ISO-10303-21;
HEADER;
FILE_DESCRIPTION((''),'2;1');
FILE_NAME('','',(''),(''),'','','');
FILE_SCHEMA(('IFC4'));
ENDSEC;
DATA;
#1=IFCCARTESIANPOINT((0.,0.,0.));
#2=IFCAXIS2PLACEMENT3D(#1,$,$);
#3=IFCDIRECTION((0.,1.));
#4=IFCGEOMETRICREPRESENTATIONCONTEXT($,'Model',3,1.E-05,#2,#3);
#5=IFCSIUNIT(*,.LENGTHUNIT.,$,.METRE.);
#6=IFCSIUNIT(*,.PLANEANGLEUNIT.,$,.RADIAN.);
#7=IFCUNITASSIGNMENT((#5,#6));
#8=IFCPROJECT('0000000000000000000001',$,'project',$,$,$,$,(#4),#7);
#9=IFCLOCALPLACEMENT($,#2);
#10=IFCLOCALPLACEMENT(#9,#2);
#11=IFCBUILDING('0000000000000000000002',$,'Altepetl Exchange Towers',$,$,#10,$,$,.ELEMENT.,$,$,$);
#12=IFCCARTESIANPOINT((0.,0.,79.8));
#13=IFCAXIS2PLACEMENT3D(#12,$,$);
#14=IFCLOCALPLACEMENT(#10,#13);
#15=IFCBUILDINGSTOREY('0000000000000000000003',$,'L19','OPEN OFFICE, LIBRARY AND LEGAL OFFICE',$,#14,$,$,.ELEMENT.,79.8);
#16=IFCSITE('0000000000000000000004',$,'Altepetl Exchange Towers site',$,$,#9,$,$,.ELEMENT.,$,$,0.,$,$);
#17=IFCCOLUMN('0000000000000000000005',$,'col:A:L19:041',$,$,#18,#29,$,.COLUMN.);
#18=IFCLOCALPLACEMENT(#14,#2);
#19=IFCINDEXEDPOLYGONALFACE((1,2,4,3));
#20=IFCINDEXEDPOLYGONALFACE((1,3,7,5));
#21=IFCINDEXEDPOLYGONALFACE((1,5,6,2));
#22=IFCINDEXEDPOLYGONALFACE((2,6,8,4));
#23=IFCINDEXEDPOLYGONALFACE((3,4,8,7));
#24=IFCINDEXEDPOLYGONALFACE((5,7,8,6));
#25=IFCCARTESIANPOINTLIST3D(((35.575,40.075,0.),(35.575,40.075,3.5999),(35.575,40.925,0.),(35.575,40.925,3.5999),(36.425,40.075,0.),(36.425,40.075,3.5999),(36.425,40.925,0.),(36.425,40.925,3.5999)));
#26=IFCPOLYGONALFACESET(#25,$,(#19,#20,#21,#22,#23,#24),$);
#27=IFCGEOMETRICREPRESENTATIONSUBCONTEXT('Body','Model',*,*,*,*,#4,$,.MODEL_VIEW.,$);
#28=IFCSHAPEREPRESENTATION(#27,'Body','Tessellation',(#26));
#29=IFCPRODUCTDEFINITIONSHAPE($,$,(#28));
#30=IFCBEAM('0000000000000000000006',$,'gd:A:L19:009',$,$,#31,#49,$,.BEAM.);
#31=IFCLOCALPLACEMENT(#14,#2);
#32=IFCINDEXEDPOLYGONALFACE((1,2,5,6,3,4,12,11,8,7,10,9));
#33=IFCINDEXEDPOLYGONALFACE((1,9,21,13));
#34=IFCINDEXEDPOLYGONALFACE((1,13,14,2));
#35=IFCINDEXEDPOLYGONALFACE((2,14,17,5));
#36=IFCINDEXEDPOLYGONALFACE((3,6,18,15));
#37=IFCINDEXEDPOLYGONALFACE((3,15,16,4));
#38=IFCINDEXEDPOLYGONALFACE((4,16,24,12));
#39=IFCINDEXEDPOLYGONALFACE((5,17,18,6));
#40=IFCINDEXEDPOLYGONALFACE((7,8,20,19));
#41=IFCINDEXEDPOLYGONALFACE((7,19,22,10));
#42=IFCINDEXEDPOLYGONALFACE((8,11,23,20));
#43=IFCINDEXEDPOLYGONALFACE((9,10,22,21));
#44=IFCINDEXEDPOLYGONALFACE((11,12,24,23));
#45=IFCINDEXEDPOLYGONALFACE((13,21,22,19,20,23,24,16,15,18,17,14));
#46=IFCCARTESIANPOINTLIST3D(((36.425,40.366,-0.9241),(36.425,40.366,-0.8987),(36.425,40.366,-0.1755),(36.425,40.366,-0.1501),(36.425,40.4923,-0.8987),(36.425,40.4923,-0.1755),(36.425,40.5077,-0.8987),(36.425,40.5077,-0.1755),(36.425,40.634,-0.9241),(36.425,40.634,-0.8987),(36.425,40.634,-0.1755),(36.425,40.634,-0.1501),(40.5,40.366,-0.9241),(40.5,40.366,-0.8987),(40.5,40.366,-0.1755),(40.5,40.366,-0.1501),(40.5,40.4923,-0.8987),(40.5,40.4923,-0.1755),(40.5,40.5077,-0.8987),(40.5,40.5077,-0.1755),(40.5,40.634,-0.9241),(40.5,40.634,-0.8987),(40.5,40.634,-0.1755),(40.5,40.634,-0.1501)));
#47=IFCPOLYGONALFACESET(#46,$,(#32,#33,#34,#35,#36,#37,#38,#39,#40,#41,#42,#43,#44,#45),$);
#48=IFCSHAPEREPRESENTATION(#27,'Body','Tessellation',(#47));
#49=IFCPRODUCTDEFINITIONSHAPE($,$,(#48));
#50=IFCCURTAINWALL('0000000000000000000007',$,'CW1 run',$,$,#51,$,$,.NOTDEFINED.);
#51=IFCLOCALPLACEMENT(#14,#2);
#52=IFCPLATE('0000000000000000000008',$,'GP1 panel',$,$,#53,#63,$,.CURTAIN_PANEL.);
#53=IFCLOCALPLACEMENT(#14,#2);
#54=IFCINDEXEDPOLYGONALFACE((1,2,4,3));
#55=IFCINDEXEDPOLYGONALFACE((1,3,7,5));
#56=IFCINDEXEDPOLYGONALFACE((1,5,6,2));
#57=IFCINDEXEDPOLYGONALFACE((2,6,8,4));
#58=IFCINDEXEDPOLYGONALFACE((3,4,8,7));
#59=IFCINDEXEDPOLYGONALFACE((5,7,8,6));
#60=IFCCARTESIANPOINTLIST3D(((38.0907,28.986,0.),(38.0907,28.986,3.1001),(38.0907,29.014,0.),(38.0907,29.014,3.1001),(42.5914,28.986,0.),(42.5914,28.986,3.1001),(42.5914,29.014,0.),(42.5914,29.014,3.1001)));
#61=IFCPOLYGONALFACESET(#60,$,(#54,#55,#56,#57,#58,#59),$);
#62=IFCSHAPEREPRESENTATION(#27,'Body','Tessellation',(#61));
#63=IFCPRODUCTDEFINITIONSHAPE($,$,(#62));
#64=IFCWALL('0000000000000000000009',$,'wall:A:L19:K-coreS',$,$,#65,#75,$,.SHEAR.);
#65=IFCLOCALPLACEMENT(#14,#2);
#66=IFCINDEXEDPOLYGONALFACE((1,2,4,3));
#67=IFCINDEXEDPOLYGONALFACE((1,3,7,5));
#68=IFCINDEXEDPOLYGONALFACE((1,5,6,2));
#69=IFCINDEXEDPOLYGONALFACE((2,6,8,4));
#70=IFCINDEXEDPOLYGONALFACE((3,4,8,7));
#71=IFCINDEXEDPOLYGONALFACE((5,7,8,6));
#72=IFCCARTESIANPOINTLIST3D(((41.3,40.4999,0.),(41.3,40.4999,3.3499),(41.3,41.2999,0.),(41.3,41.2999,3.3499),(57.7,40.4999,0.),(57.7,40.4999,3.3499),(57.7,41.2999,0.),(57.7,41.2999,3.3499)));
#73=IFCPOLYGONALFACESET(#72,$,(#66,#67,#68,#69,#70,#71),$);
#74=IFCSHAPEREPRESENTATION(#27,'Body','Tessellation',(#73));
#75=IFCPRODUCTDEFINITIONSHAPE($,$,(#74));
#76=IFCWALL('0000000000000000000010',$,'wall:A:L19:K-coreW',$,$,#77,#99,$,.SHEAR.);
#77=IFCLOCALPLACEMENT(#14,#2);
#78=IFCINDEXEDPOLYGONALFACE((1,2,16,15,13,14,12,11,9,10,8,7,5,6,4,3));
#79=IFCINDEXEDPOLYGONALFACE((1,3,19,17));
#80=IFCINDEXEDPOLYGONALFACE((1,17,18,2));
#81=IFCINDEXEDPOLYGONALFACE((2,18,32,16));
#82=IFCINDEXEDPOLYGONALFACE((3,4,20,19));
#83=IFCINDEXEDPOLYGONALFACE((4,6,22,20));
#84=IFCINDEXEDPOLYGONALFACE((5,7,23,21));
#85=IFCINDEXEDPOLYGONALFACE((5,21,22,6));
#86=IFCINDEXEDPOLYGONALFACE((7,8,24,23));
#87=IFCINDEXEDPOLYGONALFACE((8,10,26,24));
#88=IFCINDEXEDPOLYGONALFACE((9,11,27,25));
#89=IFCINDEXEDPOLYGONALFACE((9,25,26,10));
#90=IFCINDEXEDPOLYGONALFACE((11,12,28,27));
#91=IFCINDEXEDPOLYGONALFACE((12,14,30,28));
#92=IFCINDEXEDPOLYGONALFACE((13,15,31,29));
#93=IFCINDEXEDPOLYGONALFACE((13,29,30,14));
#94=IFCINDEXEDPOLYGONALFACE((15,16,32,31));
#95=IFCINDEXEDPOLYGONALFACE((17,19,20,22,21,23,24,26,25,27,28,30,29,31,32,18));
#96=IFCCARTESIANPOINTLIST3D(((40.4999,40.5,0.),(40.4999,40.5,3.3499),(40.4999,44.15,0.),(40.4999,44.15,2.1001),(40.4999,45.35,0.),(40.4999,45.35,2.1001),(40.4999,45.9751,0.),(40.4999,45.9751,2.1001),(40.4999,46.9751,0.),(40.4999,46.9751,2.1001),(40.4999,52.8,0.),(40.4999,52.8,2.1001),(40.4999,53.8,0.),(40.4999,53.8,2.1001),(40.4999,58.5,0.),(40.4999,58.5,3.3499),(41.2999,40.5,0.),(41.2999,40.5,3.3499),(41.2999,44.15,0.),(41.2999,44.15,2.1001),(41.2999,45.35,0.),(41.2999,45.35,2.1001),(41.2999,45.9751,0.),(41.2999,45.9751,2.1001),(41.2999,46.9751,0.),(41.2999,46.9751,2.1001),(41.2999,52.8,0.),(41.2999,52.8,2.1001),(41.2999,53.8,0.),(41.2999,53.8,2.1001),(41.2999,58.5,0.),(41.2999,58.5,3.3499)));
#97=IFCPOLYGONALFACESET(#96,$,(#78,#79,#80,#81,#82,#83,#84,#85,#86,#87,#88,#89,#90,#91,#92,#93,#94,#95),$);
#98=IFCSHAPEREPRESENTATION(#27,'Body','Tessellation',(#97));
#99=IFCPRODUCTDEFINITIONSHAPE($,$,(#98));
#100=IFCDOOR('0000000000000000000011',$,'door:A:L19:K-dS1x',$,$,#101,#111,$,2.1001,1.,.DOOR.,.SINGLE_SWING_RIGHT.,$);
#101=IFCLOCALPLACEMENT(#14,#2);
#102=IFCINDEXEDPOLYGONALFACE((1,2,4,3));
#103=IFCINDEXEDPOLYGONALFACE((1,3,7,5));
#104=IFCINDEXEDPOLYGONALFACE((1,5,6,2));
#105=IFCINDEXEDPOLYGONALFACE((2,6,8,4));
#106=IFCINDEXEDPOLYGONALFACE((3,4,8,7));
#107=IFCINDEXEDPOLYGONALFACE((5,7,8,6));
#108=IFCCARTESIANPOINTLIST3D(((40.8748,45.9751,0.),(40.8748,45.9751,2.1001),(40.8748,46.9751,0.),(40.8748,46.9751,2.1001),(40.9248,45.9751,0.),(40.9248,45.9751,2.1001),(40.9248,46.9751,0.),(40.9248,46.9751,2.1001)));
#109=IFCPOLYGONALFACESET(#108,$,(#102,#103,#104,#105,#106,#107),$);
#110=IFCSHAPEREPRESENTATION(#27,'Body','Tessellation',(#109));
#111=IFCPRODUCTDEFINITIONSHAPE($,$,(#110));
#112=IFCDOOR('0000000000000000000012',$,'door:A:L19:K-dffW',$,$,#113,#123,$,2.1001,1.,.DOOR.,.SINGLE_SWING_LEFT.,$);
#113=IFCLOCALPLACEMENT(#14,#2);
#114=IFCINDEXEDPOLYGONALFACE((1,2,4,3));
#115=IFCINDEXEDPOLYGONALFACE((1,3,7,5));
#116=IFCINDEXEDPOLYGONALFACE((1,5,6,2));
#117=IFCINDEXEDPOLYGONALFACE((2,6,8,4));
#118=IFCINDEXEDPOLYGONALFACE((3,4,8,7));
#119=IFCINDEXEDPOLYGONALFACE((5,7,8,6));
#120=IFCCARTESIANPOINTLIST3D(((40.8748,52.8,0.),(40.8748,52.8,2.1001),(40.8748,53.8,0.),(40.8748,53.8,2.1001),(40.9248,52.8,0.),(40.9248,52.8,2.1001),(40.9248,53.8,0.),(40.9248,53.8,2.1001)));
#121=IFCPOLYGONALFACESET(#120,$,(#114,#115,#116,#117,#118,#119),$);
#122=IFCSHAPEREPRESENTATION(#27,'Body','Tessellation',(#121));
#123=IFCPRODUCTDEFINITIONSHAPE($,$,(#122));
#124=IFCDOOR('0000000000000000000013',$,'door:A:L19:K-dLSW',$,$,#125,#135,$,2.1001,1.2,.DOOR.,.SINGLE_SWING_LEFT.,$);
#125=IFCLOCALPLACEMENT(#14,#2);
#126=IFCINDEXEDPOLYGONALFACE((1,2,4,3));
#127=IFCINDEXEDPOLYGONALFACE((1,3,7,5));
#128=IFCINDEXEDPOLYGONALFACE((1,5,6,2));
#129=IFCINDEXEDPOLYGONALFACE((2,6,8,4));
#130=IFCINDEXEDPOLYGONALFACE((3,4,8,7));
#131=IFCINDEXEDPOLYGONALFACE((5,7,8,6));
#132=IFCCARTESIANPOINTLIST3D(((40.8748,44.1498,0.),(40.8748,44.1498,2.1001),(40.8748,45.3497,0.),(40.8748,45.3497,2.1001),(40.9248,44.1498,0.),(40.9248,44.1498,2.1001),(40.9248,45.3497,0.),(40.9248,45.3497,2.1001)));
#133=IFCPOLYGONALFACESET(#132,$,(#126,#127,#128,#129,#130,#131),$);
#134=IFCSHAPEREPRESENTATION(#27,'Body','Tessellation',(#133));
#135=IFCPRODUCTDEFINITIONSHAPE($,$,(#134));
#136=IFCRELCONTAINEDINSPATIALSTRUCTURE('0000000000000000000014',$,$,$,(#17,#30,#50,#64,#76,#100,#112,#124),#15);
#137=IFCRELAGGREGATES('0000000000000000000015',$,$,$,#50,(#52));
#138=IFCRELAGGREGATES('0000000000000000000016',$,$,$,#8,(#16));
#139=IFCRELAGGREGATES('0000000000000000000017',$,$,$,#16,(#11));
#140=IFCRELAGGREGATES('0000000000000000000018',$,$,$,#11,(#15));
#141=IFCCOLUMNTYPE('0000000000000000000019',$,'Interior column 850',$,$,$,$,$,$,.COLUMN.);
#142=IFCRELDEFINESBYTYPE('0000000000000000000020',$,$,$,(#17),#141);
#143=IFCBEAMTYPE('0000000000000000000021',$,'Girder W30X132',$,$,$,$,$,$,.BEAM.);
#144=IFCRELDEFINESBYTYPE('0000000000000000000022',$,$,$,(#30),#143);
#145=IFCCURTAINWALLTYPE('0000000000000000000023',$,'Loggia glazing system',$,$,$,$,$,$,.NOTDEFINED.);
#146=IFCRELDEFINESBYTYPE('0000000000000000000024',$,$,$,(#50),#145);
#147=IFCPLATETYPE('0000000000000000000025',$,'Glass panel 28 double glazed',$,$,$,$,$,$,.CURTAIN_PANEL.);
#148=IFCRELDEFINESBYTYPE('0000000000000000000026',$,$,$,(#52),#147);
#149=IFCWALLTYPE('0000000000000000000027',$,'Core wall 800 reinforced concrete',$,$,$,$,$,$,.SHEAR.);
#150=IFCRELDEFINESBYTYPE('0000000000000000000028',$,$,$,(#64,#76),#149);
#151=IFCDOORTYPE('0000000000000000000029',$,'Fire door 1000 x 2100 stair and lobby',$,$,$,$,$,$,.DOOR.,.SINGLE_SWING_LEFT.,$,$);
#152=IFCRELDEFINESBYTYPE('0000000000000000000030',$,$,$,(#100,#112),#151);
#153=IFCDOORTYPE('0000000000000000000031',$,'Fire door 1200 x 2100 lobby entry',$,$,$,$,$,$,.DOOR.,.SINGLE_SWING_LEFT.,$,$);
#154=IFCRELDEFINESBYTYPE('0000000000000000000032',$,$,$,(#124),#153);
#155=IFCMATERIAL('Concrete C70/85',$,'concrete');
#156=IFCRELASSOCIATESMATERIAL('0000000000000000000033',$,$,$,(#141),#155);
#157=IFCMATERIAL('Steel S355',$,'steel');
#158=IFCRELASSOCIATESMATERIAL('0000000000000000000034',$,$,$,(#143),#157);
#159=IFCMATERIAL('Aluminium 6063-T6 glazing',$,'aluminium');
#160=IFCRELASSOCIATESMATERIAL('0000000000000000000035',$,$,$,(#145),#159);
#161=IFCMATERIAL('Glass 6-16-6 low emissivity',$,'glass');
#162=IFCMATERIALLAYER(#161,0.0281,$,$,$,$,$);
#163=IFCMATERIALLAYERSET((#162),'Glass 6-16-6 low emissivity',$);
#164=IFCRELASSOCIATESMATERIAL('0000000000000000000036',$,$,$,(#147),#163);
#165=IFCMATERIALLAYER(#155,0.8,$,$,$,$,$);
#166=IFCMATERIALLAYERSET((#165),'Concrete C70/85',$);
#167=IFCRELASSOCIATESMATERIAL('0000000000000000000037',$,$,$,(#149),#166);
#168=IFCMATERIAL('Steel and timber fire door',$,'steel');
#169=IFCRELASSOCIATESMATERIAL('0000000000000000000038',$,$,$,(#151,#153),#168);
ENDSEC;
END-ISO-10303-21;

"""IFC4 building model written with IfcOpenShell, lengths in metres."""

from ifc_helpers import new_model, si_unit, direction, frame, frame_2d, origin, origin_2d, place, context, subcontext, project, spatial, rectangle, i_section, extrude, material, layer, layer_set, material_profile, profile_set, type_object, element, fill, aggregate, save


model = new_model("IFC4")

# Units and contexts
model_context = context("Model", 3, precision=1e-05, world=origin(), true_north=direction((0.0, 1.0)))
body_context = subcontext(model_context, "Body", "Model", "MODEL_VIEW")
ifc_project = project(units=[si_unit("LENGTHUNIT", "METRE"), si_unit("PLANEANGLEUNIT", "RADIAN")], contexts=[model_context])

# Site, building, storey
site_placement = place(None, origin())
site = spatial("IfcSite", under=ifc_project, at=site_placement, Name="Altepetl Exchange Towers site", CompositionType="ELEMENT", RefElevation=0.0)
building_placement = place(site_placement, origin())
building = spatial("IfcBuilding", under=site, at=building_placement, Name="Altepetl Exchange Towers", CompositionType="ELEMENT")
storey_placement = place(building_placement, frame((0.0, 0.0, 79.8)))
storey = spatial("IfcBuildingStorey", under=building, at=storey_placement, Name="L19", Description="OPEN OFFICE, LIBRARY AND LEGAL OFFICE", CompositionType="ELEMENT", Elevation=79.8)

# Column
ifc_material_1 = material(Name="Concrete C70/85", Category="concrete")
ifc_material_profile_1 = material_profile(ifc_material_1, rectangle(XDim=0.8501, YDim=0.8501, at=origin_2d()), Name="850 x 850")
ifc_profile_set_1 = profile_set([ifc_material_profile_1], Name="Concrete C70/85")
column_type = type_object("IfcColumnType", Name="Interior column 850", PredefinedType="COLUMN", material=ifc_profile_set_1)
column_placement = place(storey_placement, frame((36.0, 40.5, 0.0)))
element("IfcColumn", 1, at=column_placement, inside=storey, type_object=column_type, Name="col:A:L19:041", PredefinedType="COLUMN", context=body_context, shape_type="SweptSolid", body=[
    extrude(rectangle(XDim=0.8501, YDim=0.8501, at=origin_2d()), origin(), (0.0, 0.0, 1.0), 3.5999),
])

# Beam
ifc_material_2 = material(Name="Steel S355", Category="steel")
ifc_material_profile_2 = material_profile(ifc_material_2, i_section(OverallWidth=0.2681, OverallDepth=0.7739, WebThickness=0.0154, FlangeThickness=0.0254, at=origin_2d()), Name="W30X132")
ifc_profile_set_2 = profile_set([ifc_material_profile_2], Name="Steel S355")
beam_type = type_object("IfcBeamType", Name="Girder W30X132", PredefinedType="BEAM", material=ifc_profile_set_2)
beam_placement = place(storey_placement, frame((40.5, 40.5, -0.5371), z_axis=(-1.0, 0.0, 0.0), x_axis=(0.0, -1.0, 0.0)))
element("IfcBeam", 2, at=beam_placement, inside=storey, type_object=beam_type, Name="gd:A:L19:009", PredefinedType="BEAM", context=body_context, shape_type="SweptSolid", body=[
    extrude(i_section(OverallWidth=0.2681, OverallDepth=0.7739, WebThickness=0.0154, FlangeThickness=0.0254, at=origin_2d()), origin(), (0.0, 0.0, 1.0), 4.075),
])

# Curtain wall, plate
ifc_material_3 = material(Name="Aluminium 6063-T6 glazing", Category="aluminium")
curtain_wall_type = type_object("IfcCurtainWallType", Name="Loggia glazing system", PredefinedType="NOTDEFINED", material=ifc_material_3)
curtain_wall_placement = place(storey_placement, origin())
curtain_wall = element("IfcCurtainWall", 3, at=curtain_wall_placement, inside=storey, type_object=curtain_wall_type, Name="CW1 run", PredefinedType="NOTDEFINED")
ifc_material_4 = material(Name="Glass 6-16-6 low emissivity", Category="glass")
ifc_layer_1 = layer(ifc_material_4, 0.0281)
ifc_layer_set_1 = layer_set([ifc_layer_1], Name="Glass 6-16-6 low emissivity")
plate_type = type_object("IfcPlateType", Name="Glass panel 28 double glazed", PredefinedType="CURTAIN_PANEL", material=ifc_layer_set_1)
plate_placement = place(storey_placement, frame((40.3411, 29.0, 0.0)))
plate = element("IfcPlate", 4, at=plate_placement, type_object=plate_type, Name="GP1 panel", PredefinedType="CURTAIN_PANEL", context=body_context, shape_type="SweptSolid", body=[
    extrude(rectangle(XDim=4.5007, YDim=0.0281, at=origin_2d()), origin(), (0.0, 0.0, 1.0), 3.1001),
])
aggregate(curtain_wall, [plate])

# Wall
ifc_layer_2 = layer(ifc_material_1, 0.8)
ifc_layer_set_2 = layer_set([ifc_layer_2], Name="Concrete C70/85")
wall_type_1 = type_object("IfcWallType", Name="Core wall 800 reinforced concrete", PredefinedType="SHEAR", material=ifc_layer_set_2)
wall_1_placement = place(storey_placement, frame((41.3, 40.8999, 0.0)))
element("IfcWall", 5, at=wall_1_placement, inside=storey, type_object=wall_type_1, Name="wall:A:L19:K-coreS", PredefinedType="SHEAR", context=body_context, shape_type="SweptSolid", body=[
    extrude(rectangle(XDim=16.3999, YDim=0.8, at=frame_2d((8.2, 0.0))), origin(), (0.0, 0.0, 1.0), 3.3499),
])

# Wall, openings, doors
wall_2_placement = place(storey_placement, frame((40.8999, 40.5, 0.0), z_axis=(0.0, 0.0, 1.0), x_axis=(0.0, 1.0, 0.0)))
wall_2 = element("IfcWall", 6, at=wall_2_placement, inside=storey, type_object=wall_type_1, Name="wall:A:L19:K-coreW", PredefinedType="SHEAR", context=body_context, shape_type="SweptSolid", body=[
    extrude(rectangle(XDim=18.0, YDim=0.8, at=frame_2d((9.0, 0.0))), origin(), (0.0, 0.0, 1.0), 3.3499),
])
opening_1_placement = place(wall_2_placement, frame((3.6499, 0.0, 0.0)))
opening_1 = element("IfcOpeningElement", 7, at=opening_1_placement, cuts=wall_2, PredefinedType="OPENING", context=body_context, shape_type="SweptSolid", body=[
    extrude(rectangle(XDim=1.2, YDim=2.1001, at=frame_2d((0.6001, 1.05))), frame((0.0, 0.4102, 0.0), z_axis=(0.0, -1.0, 0.0), x_axis=(1.0, 0.0, 0.0)), (0.0, 0.0, 1.0), 0.8201),
])
opening_2_placement = place(wall_2_placement, frame((5.4751, 0.0, 0.0)))
opening_2 = element("IfcOpeningElement", 8, at=opening_2_placement, cuts=wall_2, PredefinedType="OPENING", context=body_context, shape_type="SweptSolid", body=[
    extrude(rectangle(XDim=1.0, YDim=2.1001, at=frame_2d((0.5, 1.05))), frame((0.0, 0.4102, 0.0), z_axis=(0.0, -1.0, 0.0), x_axis=(1.0, 0.0, 0.0)), (0.0, 0.0, 1.0), 0.8201),
])
opening_3_placement = place(wall_2_placement, frame((12.3, 0.0, 0.0)))
opening_3 = element("IfcOpeningElement", 9, at=opening_3_placement, cuts=wall_2, PredefinedType="OPENING", context=body_context, shape_type="SweptSolid", body=[
    extrude(rectangle(XDim=1.0, YDim=2.1001, at=frame_2d((0.5, 1.05))), frame((0.0, 0.4102, 0.0), z_axis=(0.0, -1.0, 0.0), x_axis=(1.0, 0.0, 0.0)), (0.0, 0.0, 1.0), 0.8201),
])
ifc_material_5 = material(Name="Steel and timber fire door", Category="steel")
door_type_1 = type_object("IfcDoorType", Name="Fire door 1000 x 2100 stair and lobby", OperationType="SINGLE_SWING_LEFT", PredefinedType="DOOR", material=ifc_material_5)
door_1_placement = place(opening_2_placement, frame((1.0, 0.0, 0.0), x_axis=(-1.0, 0.0, 0.0)))
door_1 = element("IfcDoor", 10, at=door_1_placement, inside=storey, type_object=door_type_1, Name="door:A:L19:K-dS1x", OperationType="SINGLE_SWING_RIGHT", OverallHeight=2.1001, OverallWidth=1.0, PredefinedType="DOOR", context=body_context, shape_type="SweptSolid", body=[
    extrude(rectangle(XDim=1.0, YDim=2.1001, at=frame_2d((0.5, 1.05))), frame((0.0, 0.0249, 0.0), z_axis=(0.0, -1.0, 0.0), x_axis=(1.0, 0.0, 0.0)), (0.0, 0.0, 1.0), 0.05),
])
fill(opening_2, door_1)
door_2_placement = place(opening_3_placement, frame((1.0, 0.0, 0.0), x_axis=(-1.0, 0.0, 0.0)))
door_2 = element("IfcDoor", 11, at=door_2_placement, inside=storey, type_object=door_type_1, Name="door:A:L19:K-dffW", OperationType="SINGLE_SWING_LEFT", OverallHeight=2.1001, OverallWidth=1.0, PredefinedType="DOOR", context=body_context, shape_type="SweptSolid", body=[
    extrude(rectangle(XDim=1.0, YDim=2.1001, at=frame_2d((0.5, 1.05))), frame((0.0, 0.0249, 0.0), z_axis=(0.0, -1.0, 0.0), x_axis=(1.0, 0.0, 0.0)), (0.0, 0.0, 1.0), 0.05),
])
fill(opening_3, door_2)
door_type_2 = type_object("IfcDoorType", Name="Fire door 1200 x 2100 lobby entry", OperationType="SINGLE_SWING_LEFT", PredefinedType="DOOR", material=ifc_material_5)
door_3_placement = place(opening_1_placement, frame((1.2, 0.0, 0.0), x_axis=(-1.0, 0.0, 0.0)))
door_3 = element("IfcDoor", 12, at=door_3_placement, inside=storey, type_object=door_type_2, Name="door:A:L19:K-dLSW", OperationType="SINGLE_SWING_LEFT", OverallHeight=2.1001, OverallWidth=1.2, PredefinedType="DOOR", context=body_context, shape_type="SweptSolid", body=[
    extrude(rectangle(XDim=1.2, YDim=2.1001, at=frame_2d((0.6001, 1.05))), frame((0.0, 0.0249, 0.0), z_axis=(0.0, -1.0, 0.0), x_axis=(1.0, 0.0, 0.0)), (0.0, 0.0, 1.0), 0.05),
])
fill(opening_1, door_3)

save(model, "model.ifc")
